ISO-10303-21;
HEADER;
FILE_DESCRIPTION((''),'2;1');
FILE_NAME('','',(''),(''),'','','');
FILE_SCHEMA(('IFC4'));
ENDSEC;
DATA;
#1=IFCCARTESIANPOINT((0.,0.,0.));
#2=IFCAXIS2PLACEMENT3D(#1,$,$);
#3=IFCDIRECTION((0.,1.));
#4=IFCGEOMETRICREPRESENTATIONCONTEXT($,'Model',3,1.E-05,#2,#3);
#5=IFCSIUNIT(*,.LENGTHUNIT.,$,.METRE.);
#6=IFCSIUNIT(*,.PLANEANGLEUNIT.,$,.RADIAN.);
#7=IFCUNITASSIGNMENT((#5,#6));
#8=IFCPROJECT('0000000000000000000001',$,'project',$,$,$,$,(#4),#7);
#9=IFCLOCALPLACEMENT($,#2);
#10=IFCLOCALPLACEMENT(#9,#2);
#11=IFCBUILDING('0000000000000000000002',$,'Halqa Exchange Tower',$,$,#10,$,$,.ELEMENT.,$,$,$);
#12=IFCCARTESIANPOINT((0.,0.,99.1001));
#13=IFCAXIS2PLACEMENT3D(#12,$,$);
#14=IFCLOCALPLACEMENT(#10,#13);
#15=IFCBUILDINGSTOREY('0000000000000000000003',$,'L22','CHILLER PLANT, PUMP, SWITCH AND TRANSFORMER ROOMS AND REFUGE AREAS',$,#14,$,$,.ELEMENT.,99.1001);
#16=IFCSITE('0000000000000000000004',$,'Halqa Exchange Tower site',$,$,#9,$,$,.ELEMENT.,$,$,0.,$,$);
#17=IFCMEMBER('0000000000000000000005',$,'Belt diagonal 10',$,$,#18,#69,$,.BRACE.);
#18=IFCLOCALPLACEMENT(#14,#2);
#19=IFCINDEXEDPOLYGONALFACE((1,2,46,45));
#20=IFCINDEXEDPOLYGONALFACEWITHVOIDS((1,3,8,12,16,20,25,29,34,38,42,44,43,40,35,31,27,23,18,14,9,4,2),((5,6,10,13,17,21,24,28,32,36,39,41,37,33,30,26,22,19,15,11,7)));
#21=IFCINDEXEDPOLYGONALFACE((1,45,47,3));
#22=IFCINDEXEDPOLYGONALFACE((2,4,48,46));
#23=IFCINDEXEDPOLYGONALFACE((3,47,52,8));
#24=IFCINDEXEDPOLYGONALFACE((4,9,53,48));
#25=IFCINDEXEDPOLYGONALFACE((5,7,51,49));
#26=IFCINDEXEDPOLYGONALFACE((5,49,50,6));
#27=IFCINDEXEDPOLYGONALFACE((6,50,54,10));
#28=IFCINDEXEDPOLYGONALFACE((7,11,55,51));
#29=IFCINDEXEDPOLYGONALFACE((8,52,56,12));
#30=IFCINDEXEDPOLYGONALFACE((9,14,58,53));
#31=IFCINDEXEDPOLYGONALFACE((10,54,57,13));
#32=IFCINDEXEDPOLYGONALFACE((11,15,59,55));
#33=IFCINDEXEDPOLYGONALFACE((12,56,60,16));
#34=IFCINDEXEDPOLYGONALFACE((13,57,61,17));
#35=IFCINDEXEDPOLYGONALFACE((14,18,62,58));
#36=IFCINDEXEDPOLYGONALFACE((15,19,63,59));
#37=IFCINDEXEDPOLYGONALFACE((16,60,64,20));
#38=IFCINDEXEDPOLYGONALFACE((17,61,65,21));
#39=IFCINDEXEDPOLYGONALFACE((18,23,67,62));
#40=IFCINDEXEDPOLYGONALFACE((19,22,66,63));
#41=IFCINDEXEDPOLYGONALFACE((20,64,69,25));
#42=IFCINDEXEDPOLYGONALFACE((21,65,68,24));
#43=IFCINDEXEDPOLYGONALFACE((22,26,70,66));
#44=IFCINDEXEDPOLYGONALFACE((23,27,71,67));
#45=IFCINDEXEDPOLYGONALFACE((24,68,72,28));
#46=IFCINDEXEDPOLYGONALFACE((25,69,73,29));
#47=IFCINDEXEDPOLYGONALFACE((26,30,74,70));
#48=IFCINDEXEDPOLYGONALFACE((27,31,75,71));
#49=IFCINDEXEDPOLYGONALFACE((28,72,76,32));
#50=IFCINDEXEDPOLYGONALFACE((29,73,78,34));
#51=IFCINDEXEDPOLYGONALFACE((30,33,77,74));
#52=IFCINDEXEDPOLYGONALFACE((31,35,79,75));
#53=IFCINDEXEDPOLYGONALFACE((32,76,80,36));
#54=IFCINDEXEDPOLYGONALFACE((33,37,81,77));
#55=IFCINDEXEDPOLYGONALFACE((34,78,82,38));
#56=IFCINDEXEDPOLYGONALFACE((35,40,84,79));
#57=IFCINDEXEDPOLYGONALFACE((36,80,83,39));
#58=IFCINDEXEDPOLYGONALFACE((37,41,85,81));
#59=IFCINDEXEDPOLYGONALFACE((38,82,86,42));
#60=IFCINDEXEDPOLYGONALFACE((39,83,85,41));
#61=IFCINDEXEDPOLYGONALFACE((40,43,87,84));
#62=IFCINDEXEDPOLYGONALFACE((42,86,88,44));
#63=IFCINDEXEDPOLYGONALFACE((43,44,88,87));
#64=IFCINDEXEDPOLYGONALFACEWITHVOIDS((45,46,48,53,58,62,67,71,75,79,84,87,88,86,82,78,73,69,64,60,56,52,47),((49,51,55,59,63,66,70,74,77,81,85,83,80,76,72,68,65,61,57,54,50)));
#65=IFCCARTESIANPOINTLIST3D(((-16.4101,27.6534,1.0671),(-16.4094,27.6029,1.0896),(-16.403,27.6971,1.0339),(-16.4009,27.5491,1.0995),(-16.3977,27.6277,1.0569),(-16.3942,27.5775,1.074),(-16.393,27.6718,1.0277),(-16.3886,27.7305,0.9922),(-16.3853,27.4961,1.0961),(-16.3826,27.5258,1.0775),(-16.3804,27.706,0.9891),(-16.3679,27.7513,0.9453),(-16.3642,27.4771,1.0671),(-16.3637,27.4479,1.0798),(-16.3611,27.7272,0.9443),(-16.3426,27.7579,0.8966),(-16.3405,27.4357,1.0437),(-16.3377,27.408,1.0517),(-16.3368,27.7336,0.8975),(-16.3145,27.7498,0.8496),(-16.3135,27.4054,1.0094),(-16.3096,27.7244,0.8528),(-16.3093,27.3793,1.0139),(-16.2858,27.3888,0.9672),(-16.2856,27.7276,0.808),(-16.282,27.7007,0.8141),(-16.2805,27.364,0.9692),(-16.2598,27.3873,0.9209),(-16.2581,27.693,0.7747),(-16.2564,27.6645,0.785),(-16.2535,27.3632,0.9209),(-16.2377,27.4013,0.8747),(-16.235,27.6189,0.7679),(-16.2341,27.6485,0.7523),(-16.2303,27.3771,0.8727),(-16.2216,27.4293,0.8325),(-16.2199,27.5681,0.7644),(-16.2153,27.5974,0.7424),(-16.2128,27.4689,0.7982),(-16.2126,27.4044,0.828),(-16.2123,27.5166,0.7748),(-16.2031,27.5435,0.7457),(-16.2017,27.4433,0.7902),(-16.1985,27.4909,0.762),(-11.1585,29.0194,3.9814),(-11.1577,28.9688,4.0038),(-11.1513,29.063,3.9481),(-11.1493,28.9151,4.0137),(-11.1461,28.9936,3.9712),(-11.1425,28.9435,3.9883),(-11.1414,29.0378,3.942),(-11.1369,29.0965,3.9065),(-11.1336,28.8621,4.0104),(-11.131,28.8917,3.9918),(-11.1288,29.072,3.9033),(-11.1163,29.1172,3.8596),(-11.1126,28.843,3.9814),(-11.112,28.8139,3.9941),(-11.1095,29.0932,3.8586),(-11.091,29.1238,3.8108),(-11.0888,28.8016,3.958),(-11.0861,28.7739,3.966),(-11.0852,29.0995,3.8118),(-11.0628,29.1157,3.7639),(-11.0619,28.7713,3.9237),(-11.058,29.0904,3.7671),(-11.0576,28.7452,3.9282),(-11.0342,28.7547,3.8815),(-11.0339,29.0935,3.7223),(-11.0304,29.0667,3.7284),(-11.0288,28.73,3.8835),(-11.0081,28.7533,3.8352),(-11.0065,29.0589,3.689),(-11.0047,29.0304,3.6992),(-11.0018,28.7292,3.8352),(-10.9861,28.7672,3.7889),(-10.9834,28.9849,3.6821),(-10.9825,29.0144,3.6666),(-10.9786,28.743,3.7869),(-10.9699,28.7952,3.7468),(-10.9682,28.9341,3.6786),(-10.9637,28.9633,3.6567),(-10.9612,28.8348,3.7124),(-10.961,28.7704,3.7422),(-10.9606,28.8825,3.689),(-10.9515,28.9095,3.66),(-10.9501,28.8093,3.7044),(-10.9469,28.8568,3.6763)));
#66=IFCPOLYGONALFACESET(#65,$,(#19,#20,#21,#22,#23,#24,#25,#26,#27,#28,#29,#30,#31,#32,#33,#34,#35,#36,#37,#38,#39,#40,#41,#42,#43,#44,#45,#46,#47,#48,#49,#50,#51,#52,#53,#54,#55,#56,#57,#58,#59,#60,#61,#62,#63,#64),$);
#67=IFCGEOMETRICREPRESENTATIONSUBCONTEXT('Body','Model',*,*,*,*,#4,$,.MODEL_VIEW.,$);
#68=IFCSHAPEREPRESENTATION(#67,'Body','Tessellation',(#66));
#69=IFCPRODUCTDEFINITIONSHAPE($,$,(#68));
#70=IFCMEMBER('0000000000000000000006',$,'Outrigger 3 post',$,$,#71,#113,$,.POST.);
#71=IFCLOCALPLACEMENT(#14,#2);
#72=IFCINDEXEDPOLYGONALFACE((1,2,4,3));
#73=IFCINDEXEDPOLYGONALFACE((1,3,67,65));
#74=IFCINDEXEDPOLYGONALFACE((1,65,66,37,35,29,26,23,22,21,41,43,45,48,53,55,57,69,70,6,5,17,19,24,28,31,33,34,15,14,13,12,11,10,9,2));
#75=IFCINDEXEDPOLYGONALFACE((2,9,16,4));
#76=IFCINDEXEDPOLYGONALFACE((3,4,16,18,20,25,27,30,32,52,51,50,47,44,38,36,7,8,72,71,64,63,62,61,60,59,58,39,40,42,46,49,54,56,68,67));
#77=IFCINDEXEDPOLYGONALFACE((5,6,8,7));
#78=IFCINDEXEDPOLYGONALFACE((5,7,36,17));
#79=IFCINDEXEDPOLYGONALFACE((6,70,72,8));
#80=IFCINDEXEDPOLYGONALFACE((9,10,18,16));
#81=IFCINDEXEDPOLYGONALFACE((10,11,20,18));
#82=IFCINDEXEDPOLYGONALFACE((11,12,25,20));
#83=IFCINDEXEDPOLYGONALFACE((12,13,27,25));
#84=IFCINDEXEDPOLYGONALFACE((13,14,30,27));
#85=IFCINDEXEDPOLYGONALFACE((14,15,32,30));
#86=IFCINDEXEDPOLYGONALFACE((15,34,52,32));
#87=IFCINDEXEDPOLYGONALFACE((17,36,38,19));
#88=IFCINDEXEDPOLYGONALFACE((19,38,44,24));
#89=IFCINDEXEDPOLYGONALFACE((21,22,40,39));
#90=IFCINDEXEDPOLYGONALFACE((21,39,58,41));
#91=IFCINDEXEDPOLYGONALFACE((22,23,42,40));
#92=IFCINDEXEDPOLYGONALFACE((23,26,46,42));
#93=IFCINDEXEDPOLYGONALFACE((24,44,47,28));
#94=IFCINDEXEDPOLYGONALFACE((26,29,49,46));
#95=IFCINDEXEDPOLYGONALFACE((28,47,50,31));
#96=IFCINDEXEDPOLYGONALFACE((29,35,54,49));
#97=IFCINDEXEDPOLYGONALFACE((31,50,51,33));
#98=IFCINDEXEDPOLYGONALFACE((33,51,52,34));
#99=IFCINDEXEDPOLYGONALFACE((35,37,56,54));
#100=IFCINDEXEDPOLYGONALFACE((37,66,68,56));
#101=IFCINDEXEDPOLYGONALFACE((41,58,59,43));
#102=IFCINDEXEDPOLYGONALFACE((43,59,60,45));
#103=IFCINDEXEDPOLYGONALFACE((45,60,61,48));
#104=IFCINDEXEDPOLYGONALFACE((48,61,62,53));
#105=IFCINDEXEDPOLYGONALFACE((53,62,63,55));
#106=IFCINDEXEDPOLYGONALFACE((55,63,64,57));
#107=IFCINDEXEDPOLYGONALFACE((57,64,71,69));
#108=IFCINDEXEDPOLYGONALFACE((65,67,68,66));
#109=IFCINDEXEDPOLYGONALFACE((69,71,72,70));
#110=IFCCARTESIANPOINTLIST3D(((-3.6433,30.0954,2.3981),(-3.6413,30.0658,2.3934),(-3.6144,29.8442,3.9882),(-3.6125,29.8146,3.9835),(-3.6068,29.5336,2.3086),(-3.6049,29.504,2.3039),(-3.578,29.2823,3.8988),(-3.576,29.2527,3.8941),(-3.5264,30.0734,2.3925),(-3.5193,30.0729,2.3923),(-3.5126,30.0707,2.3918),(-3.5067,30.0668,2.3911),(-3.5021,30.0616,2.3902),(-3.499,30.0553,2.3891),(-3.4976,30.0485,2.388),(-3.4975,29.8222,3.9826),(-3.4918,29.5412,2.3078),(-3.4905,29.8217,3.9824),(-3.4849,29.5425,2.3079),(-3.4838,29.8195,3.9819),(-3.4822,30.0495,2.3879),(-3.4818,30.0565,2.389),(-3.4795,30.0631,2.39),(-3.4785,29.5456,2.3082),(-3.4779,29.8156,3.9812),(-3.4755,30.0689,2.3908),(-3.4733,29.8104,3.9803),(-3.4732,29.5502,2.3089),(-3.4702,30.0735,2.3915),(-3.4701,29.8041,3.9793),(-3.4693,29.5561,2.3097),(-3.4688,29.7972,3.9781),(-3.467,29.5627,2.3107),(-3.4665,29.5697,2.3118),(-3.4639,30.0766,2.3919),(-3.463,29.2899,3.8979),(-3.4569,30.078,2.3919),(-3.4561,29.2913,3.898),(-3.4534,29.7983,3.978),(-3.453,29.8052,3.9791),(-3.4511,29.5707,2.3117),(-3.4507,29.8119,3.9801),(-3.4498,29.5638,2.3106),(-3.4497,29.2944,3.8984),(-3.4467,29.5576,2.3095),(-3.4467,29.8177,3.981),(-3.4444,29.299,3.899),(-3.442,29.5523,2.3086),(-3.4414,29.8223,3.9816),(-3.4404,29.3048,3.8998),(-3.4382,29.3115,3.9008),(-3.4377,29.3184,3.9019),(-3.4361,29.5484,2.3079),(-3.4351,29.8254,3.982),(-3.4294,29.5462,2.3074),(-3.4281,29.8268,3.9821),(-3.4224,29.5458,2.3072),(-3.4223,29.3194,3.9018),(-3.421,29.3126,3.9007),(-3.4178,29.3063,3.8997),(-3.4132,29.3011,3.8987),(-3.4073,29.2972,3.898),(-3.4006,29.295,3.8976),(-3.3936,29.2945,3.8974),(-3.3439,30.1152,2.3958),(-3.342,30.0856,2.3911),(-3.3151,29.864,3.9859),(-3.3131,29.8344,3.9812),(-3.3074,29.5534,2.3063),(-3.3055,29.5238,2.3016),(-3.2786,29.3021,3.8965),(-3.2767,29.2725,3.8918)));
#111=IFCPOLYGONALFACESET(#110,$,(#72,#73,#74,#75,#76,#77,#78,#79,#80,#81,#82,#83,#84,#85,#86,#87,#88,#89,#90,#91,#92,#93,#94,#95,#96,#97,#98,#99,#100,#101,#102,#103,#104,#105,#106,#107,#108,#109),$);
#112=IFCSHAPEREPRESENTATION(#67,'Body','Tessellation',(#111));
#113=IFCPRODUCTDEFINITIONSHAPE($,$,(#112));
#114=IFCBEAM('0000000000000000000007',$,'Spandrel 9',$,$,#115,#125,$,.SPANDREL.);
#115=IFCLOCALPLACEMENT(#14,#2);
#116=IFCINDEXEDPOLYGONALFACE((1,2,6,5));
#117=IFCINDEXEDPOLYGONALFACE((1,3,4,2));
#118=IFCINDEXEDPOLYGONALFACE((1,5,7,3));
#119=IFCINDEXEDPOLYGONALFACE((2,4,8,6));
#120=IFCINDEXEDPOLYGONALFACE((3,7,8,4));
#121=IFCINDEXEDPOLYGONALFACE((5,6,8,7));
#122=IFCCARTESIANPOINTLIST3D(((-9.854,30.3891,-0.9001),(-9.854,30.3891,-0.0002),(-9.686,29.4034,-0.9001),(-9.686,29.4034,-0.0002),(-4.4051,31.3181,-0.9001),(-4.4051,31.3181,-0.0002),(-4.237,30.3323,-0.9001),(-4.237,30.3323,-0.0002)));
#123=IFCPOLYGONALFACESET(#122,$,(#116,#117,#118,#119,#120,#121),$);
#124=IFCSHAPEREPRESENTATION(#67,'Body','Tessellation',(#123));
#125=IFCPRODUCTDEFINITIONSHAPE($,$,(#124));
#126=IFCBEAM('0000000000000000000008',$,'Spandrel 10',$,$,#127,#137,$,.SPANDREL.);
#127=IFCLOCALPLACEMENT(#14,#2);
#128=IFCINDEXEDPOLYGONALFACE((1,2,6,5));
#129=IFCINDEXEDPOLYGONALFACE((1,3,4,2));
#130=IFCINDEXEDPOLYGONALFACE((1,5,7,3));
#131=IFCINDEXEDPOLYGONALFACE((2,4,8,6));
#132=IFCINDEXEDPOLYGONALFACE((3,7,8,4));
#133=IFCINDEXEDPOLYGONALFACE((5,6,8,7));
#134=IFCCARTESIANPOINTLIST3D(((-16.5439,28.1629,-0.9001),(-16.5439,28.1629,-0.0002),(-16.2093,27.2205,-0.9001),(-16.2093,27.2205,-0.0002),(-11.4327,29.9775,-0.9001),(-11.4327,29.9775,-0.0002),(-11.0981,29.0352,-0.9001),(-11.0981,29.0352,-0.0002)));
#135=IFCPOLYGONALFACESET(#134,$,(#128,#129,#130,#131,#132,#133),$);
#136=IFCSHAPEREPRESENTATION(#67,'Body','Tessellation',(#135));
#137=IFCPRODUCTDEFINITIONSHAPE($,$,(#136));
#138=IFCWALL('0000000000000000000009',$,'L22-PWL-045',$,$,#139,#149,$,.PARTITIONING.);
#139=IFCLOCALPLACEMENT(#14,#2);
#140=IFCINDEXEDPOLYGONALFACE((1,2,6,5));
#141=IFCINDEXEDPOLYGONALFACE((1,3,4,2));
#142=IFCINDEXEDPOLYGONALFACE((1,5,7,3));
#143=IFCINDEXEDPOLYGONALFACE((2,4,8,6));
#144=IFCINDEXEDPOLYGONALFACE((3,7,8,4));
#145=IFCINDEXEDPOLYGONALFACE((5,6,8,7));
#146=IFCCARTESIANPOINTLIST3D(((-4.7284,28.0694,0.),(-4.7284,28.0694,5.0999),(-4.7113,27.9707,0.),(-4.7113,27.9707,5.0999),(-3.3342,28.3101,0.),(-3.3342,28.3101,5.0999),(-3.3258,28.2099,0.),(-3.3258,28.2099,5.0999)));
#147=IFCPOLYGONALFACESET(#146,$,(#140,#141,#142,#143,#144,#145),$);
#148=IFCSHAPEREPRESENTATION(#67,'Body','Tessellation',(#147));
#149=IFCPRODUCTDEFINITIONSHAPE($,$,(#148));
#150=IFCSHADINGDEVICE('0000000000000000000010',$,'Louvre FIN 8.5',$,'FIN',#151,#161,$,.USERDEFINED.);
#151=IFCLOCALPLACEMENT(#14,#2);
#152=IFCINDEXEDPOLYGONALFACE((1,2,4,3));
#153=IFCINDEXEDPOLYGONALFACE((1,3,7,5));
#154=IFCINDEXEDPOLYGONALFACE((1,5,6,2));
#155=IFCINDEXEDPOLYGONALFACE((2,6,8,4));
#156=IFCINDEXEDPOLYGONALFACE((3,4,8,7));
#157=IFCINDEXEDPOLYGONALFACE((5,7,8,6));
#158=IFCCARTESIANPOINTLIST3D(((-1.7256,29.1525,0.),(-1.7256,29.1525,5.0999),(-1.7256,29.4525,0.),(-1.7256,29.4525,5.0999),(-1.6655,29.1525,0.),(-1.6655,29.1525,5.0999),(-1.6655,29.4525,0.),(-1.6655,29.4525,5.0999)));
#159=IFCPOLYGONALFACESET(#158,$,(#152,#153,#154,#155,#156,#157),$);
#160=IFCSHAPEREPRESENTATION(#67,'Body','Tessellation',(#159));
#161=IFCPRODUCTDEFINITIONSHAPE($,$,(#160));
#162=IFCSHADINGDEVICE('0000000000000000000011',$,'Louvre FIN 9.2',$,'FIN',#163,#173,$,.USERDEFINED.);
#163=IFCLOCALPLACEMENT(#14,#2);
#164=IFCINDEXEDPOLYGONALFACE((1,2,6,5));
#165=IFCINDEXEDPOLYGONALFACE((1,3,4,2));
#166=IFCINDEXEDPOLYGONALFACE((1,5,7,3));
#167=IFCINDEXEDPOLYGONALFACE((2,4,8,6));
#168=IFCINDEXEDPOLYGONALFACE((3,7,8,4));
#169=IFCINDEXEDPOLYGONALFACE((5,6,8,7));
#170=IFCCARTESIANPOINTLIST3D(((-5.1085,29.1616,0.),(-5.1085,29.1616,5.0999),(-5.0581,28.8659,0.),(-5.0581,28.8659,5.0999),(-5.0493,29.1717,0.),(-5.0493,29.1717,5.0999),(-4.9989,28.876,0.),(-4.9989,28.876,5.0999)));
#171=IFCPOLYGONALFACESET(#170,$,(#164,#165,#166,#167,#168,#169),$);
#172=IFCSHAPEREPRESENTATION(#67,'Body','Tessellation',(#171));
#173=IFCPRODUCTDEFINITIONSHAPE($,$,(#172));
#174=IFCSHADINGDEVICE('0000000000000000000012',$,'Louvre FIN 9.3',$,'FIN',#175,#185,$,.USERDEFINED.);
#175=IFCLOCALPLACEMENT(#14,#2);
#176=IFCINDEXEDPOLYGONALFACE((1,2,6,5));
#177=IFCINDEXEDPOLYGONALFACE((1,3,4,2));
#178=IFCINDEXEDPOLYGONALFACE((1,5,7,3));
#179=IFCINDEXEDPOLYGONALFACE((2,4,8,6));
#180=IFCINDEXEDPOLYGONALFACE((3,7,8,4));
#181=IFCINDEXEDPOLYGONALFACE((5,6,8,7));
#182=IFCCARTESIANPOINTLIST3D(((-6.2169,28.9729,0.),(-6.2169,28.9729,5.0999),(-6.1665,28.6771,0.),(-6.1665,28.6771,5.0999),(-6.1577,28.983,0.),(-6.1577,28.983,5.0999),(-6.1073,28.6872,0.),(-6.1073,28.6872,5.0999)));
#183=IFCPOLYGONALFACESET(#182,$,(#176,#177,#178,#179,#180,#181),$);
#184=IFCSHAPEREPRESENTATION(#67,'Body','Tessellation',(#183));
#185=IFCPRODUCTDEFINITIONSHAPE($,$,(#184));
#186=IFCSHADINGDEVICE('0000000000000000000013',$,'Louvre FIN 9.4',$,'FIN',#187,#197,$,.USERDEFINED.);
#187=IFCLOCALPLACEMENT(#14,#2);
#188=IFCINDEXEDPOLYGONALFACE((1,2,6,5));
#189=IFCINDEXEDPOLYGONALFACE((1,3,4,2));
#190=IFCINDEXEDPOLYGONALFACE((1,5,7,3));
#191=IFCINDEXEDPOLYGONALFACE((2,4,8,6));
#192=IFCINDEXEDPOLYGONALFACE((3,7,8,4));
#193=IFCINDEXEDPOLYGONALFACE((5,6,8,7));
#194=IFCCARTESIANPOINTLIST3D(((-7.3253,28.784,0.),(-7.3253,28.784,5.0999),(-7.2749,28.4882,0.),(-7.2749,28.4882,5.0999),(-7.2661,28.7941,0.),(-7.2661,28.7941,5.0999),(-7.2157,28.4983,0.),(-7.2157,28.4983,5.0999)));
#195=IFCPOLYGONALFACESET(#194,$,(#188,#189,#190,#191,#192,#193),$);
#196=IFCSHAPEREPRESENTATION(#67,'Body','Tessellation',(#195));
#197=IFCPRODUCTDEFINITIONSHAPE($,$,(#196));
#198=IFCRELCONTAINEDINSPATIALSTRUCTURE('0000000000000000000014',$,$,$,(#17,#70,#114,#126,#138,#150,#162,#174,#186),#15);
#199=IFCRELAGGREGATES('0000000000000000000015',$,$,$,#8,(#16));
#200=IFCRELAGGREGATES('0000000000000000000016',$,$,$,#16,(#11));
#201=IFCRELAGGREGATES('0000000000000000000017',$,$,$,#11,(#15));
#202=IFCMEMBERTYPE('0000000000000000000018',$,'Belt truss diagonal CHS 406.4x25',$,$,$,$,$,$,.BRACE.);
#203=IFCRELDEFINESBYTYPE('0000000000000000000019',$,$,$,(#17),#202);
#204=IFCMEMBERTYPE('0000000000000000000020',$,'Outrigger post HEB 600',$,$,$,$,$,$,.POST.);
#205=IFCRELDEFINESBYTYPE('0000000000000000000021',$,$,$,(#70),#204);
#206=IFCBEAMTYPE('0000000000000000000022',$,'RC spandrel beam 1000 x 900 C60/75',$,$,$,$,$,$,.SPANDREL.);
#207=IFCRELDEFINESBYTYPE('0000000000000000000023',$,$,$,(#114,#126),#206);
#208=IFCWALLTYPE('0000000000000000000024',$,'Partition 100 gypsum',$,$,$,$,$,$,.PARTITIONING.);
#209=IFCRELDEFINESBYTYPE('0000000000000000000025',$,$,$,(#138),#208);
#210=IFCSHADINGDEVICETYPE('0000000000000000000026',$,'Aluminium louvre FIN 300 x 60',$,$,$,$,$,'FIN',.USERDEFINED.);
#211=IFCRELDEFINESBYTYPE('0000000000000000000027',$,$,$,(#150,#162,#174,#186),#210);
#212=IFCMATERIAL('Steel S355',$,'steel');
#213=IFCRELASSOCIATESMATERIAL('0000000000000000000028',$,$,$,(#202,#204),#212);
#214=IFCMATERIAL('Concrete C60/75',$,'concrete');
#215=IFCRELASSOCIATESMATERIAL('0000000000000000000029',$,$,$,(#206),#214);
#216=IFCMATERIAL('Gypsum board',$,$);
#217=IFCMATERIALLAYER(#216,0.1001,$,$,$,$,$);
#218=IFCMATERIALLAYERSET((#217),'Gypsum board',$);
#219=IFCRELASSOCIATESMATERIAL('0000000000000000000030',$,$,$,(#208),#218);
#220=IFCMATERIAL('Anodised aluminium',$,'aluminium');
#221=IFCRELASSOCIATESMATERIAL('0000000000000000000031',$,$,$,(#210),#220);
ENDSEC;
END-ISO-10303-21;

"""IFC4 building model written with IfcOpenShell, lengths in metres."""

from ifc_helpers import new_model, si_unit, direction, frame, origin, origin_2d, place, context, subcontext, project, spatial, polyline, rectangle, hollow_circle, i_section, outline, extrude, material, layer, layer_set, material_profile, profile_set, type_object, element, save


model = new_model("IFC4")

# Units and contexts
model_context = context("Model", 3, precision=1e-05, world=origin(), true_north=direction((0.0, 1.0)))
body_context = subcontext(model_context, "Body", "Model", "MODEL_VIEW")
ifc_project = project(units=[si_unit("LENGTHUNIT", "METRE"), si_unit("PLANEANGLEUNIT", "RADIAN")], contexts=[model_context])

# Site, building, storey
site_placement = place(None, origin())
site = spatial("IfcSite", under=ifc_project, at=site_placement, Name="Halqa Exchange Tower site", CompositionType="ELEMENT", RefElevation=0.0)
building_placement = place(site_placement, origin())
building = spatial("IfcBuilding", under=site, at=building_placement, Name="Halqa Exchange Tower", CompositionType="ELEMENT")
storey_placement = place(building_placement, frame((0.0, 0.0, 99.1001)))
storey = spatial("IfcBuildingStorey", under=building, at=storey_placement, Name="L22", Description="CHILLER PLANT, PUMP, SWITCH AND TRANSFORMER ROOMS AND REFUGE AREAS", CompositionType="ELEMENT", Elevation=99.1001)

# Members
ifc_material_1 = material(Name="Steel S355", Category="steel")
ifc_material_profile_1 = material_profile(ifc_material_1, hollow_circle(Radius=0.2031, WallThickness=0.0249, at=origin_2d()), Name="CHS 406.4x25")
ifc_profile_set_1 = profile_set([ifc_material_profile_1], Name="Steel S355")
member_type_1 = type_object("IfcMemberType", Name="Belt truss diagonal CHS 406.4x25", PredefinedType="BRACE", material=ifc_profile_set_1)
for number, where, z_axis, x_axis, name in (
    (1, (-11.053, 28.9258, 3.8352), (-0.852619, -0.221766, -0.47314), (0.251724, -0.967799, 0.0), "Belt diagonal 10"),
):
    element("IfcMember", number, at=place(storey_placement, frame(where, z_axis=z_axis, x_axis=x_axis)), inside=storey, type_object=member_type_1, Name=name, PredefinedType="BRACE", context=body_context, shape_type="SweptSolid", body=[
        extrude(hollow_circle(Radius=0.2031, WallThickness=0.0249, at=origin_2d()), origin(), (0.0, 0.0, 1.0), 6.1594),
    ])
ifc_material_profile_2 = material_profile(ifc_material_1, i_section(OverallWidth=0.3, OverallDepth=0.6001, WebThickness=0.0154, FlangeThickness=0.03, FilletRadius=0.0271, at=origin_2d()), Name="HEB 600")
ifc_profile_set_2 = profile_set([ifc_material_profile_2], Name="Steel S355")
member_type_2 = type_object("IfcMemberType", Name="Outrigger post HEB 600", PredefinedType="POST", material=ifc_profile_set_2)
member_1_placement = place(storey_placement, frame((-3.4744, 29.8096, 2.3499), z_axis=(0.017893, -0.156031, 0.98759), x_axis=(-0.99779, -0.066, 0.00765)))
element("IfcMember", 2, at=member_1_placement, inside=storey, type_object=member_type_2, Name="Outrigger 3 post", PredefinedType="POST", context=body_context, shape_type="SweptSolid", body=[
    extrude(i_section(OverallWidth=0.3, OverallDepth=0.6001, WebThickness=0.0154, FlangeThickness=0.03, FilletRadius=0.0271, at=origin_2d()), origin(), (0.0, 0.0, 1.0), 1.6101),
])

# Beams
ifc_material_2 = material(Name="Concrete C60/75", Category="concrete")
ifc_material_profile_3 = material_profile(ifc_material_2, rectangle(XDim=1.0, YDim=0.8999, at=origin_2d()), Name="1000 x 900")
ifc_profile_set_3 = profile_set([ifc_material_profile_3], Name="Concrete C60/75")
beam_type = type_object("IfcBeamType", Name="RC spandrel beam 1000 x 900 C60/75", PredefinedType="SPANDREL", material=ifc_profile_set_3)
beam_1_placement = place(storey_placement, frame((-4.321, 30.8252, -0.4502), z_axis=(-0.985777, -0.168058, 0.0), x_axis=(0.168058, -0.985777, 0.0)))
element("IfcBeam", 3, at=beam_1_placement, inside=storey, type_object=beam_type, Name="Spandrel 9", PredefinedType="SPANDREL", context=body_context, shape_type="SweptSolid", body=[
    extrude(rectangle(XDim=1.0, YDim=0.8999, at=origin_2d()), origin(), (0.0, 0.0, 1.0), 5.5276),
])
beam_2_placement = place(storey_placement, frame((-11.2654, 29.5063, -0.4502), z_axis=(-0.94237, -0.334574, 0.0), x_axis=(0.334574, -0.94237, 0.0)))
element("IfcBeam", 4, at=beam_2_placement, inside=storey, type_object=beam_type, Name="Spandrel 10", PredefinedType="SPANDREL", context=body_context, shape_type="SweptSolid", body=[
    extrude(rectangle(XDim=1.0, YDim=0.8999, at=origin_2d()), origin(), (0.0, 0.0, 1.0), 5.4238),
])

# Wall
ifc_material_3 = material(Name="Gypsum board")
ifc_layer_1 = layer(ifc_material_3, 0.1001)
ifc_layer_set_1 = layer_set([ifc_layer_1], Name="Gypsum board")
wall_type = type_object("IfcWallType", Name="Partition 100 gypsum", PredefinedType="PARTITIONING", material=ifc_layer_set_1)
wall_placement = place(storey_placement, frame((-3.3257, 28.2607, 0.0), z_axis=(0.0, 0.0, 1.0), x_axis=(-0.985421, -0.170132, 0.0)))
element("IfcWall", 5, at=wall_placement, inside=storey, type_object=wall_type, Name="L22-PWL-045", PredefinedType="PARTITIONING", context=body_context, shape_type="SweptSolid", body=[
    extrude(outline(polyline([(1.4148, 0.05), (0.0088, 0.05), (0.0, -0.05), (1.4148, -0.05), (1.4148, 0.05)])), origin(), (0.0, 0.0, 1.0), 5.0999),
])

# Shading devices
ifc_material_4 = material(Name="Anodised aluminium", Category="aluminium")
ifc_material_profile_4 = material_profile(ifc_material_4, rectangle(XDim=0.3, YDim=0.0601, at=origin_2d()), Name="AL FIN 300x60")
ifc_profile_set_4 = profile_set([ifc_material_profile_4], Name="Anodised aluminium")
shading_device_type = type_object("IfcShadingDeviceType", Name="Aluminium louvre FIN 300 x 60", ElementType="FIN", PredefinedType="USERDEFINED", material=ifc_profile_set_4)
for number, where, z_axis, x_axis, name in (
    (6, (-1.6956, 29.3025, 0.0), (0.0, 0.0, 1.0), (0.0, -1.0, 0.0), "Louvre FIN 8.5"),
    (7, (-5.0537, 29.0188, 0.0), (0.0, 0.0, 1.0), (0.168068, -0.985775, 0.0), "Louvre FIN 9.2"),
    (8, (-6.1621, 28.8301, 0.0), (0.0, 0.0, 1.0), (0.168068, -0.985775, 0.0), "Louvre FIN 9.3"),
    (9, (-7.2705, 28.6411, 0.0), (0.0, 0.0, 1.0), (0.168068, -0.985775, 0.0), "Louvre FIN 9.4"),
):
    element("IfcShadingDevice", number, at=place(storey_placement, frame(where, z_axis=z_axis, x_axis=x_axis)), inside=storey, type_object=shading_device_type, Name=name, ObjectType="FIN", PredefinedType="USERDEFINED", context=body_context, shape_type="SweptSolid", body=[
        extrude(rectangle(XDim=0.3, YDim=0.0601, at=origin_2d()), origin(), (0.0, 0.0, 1.0), 5.0999),
    ])

save(model, "model.ifc")
